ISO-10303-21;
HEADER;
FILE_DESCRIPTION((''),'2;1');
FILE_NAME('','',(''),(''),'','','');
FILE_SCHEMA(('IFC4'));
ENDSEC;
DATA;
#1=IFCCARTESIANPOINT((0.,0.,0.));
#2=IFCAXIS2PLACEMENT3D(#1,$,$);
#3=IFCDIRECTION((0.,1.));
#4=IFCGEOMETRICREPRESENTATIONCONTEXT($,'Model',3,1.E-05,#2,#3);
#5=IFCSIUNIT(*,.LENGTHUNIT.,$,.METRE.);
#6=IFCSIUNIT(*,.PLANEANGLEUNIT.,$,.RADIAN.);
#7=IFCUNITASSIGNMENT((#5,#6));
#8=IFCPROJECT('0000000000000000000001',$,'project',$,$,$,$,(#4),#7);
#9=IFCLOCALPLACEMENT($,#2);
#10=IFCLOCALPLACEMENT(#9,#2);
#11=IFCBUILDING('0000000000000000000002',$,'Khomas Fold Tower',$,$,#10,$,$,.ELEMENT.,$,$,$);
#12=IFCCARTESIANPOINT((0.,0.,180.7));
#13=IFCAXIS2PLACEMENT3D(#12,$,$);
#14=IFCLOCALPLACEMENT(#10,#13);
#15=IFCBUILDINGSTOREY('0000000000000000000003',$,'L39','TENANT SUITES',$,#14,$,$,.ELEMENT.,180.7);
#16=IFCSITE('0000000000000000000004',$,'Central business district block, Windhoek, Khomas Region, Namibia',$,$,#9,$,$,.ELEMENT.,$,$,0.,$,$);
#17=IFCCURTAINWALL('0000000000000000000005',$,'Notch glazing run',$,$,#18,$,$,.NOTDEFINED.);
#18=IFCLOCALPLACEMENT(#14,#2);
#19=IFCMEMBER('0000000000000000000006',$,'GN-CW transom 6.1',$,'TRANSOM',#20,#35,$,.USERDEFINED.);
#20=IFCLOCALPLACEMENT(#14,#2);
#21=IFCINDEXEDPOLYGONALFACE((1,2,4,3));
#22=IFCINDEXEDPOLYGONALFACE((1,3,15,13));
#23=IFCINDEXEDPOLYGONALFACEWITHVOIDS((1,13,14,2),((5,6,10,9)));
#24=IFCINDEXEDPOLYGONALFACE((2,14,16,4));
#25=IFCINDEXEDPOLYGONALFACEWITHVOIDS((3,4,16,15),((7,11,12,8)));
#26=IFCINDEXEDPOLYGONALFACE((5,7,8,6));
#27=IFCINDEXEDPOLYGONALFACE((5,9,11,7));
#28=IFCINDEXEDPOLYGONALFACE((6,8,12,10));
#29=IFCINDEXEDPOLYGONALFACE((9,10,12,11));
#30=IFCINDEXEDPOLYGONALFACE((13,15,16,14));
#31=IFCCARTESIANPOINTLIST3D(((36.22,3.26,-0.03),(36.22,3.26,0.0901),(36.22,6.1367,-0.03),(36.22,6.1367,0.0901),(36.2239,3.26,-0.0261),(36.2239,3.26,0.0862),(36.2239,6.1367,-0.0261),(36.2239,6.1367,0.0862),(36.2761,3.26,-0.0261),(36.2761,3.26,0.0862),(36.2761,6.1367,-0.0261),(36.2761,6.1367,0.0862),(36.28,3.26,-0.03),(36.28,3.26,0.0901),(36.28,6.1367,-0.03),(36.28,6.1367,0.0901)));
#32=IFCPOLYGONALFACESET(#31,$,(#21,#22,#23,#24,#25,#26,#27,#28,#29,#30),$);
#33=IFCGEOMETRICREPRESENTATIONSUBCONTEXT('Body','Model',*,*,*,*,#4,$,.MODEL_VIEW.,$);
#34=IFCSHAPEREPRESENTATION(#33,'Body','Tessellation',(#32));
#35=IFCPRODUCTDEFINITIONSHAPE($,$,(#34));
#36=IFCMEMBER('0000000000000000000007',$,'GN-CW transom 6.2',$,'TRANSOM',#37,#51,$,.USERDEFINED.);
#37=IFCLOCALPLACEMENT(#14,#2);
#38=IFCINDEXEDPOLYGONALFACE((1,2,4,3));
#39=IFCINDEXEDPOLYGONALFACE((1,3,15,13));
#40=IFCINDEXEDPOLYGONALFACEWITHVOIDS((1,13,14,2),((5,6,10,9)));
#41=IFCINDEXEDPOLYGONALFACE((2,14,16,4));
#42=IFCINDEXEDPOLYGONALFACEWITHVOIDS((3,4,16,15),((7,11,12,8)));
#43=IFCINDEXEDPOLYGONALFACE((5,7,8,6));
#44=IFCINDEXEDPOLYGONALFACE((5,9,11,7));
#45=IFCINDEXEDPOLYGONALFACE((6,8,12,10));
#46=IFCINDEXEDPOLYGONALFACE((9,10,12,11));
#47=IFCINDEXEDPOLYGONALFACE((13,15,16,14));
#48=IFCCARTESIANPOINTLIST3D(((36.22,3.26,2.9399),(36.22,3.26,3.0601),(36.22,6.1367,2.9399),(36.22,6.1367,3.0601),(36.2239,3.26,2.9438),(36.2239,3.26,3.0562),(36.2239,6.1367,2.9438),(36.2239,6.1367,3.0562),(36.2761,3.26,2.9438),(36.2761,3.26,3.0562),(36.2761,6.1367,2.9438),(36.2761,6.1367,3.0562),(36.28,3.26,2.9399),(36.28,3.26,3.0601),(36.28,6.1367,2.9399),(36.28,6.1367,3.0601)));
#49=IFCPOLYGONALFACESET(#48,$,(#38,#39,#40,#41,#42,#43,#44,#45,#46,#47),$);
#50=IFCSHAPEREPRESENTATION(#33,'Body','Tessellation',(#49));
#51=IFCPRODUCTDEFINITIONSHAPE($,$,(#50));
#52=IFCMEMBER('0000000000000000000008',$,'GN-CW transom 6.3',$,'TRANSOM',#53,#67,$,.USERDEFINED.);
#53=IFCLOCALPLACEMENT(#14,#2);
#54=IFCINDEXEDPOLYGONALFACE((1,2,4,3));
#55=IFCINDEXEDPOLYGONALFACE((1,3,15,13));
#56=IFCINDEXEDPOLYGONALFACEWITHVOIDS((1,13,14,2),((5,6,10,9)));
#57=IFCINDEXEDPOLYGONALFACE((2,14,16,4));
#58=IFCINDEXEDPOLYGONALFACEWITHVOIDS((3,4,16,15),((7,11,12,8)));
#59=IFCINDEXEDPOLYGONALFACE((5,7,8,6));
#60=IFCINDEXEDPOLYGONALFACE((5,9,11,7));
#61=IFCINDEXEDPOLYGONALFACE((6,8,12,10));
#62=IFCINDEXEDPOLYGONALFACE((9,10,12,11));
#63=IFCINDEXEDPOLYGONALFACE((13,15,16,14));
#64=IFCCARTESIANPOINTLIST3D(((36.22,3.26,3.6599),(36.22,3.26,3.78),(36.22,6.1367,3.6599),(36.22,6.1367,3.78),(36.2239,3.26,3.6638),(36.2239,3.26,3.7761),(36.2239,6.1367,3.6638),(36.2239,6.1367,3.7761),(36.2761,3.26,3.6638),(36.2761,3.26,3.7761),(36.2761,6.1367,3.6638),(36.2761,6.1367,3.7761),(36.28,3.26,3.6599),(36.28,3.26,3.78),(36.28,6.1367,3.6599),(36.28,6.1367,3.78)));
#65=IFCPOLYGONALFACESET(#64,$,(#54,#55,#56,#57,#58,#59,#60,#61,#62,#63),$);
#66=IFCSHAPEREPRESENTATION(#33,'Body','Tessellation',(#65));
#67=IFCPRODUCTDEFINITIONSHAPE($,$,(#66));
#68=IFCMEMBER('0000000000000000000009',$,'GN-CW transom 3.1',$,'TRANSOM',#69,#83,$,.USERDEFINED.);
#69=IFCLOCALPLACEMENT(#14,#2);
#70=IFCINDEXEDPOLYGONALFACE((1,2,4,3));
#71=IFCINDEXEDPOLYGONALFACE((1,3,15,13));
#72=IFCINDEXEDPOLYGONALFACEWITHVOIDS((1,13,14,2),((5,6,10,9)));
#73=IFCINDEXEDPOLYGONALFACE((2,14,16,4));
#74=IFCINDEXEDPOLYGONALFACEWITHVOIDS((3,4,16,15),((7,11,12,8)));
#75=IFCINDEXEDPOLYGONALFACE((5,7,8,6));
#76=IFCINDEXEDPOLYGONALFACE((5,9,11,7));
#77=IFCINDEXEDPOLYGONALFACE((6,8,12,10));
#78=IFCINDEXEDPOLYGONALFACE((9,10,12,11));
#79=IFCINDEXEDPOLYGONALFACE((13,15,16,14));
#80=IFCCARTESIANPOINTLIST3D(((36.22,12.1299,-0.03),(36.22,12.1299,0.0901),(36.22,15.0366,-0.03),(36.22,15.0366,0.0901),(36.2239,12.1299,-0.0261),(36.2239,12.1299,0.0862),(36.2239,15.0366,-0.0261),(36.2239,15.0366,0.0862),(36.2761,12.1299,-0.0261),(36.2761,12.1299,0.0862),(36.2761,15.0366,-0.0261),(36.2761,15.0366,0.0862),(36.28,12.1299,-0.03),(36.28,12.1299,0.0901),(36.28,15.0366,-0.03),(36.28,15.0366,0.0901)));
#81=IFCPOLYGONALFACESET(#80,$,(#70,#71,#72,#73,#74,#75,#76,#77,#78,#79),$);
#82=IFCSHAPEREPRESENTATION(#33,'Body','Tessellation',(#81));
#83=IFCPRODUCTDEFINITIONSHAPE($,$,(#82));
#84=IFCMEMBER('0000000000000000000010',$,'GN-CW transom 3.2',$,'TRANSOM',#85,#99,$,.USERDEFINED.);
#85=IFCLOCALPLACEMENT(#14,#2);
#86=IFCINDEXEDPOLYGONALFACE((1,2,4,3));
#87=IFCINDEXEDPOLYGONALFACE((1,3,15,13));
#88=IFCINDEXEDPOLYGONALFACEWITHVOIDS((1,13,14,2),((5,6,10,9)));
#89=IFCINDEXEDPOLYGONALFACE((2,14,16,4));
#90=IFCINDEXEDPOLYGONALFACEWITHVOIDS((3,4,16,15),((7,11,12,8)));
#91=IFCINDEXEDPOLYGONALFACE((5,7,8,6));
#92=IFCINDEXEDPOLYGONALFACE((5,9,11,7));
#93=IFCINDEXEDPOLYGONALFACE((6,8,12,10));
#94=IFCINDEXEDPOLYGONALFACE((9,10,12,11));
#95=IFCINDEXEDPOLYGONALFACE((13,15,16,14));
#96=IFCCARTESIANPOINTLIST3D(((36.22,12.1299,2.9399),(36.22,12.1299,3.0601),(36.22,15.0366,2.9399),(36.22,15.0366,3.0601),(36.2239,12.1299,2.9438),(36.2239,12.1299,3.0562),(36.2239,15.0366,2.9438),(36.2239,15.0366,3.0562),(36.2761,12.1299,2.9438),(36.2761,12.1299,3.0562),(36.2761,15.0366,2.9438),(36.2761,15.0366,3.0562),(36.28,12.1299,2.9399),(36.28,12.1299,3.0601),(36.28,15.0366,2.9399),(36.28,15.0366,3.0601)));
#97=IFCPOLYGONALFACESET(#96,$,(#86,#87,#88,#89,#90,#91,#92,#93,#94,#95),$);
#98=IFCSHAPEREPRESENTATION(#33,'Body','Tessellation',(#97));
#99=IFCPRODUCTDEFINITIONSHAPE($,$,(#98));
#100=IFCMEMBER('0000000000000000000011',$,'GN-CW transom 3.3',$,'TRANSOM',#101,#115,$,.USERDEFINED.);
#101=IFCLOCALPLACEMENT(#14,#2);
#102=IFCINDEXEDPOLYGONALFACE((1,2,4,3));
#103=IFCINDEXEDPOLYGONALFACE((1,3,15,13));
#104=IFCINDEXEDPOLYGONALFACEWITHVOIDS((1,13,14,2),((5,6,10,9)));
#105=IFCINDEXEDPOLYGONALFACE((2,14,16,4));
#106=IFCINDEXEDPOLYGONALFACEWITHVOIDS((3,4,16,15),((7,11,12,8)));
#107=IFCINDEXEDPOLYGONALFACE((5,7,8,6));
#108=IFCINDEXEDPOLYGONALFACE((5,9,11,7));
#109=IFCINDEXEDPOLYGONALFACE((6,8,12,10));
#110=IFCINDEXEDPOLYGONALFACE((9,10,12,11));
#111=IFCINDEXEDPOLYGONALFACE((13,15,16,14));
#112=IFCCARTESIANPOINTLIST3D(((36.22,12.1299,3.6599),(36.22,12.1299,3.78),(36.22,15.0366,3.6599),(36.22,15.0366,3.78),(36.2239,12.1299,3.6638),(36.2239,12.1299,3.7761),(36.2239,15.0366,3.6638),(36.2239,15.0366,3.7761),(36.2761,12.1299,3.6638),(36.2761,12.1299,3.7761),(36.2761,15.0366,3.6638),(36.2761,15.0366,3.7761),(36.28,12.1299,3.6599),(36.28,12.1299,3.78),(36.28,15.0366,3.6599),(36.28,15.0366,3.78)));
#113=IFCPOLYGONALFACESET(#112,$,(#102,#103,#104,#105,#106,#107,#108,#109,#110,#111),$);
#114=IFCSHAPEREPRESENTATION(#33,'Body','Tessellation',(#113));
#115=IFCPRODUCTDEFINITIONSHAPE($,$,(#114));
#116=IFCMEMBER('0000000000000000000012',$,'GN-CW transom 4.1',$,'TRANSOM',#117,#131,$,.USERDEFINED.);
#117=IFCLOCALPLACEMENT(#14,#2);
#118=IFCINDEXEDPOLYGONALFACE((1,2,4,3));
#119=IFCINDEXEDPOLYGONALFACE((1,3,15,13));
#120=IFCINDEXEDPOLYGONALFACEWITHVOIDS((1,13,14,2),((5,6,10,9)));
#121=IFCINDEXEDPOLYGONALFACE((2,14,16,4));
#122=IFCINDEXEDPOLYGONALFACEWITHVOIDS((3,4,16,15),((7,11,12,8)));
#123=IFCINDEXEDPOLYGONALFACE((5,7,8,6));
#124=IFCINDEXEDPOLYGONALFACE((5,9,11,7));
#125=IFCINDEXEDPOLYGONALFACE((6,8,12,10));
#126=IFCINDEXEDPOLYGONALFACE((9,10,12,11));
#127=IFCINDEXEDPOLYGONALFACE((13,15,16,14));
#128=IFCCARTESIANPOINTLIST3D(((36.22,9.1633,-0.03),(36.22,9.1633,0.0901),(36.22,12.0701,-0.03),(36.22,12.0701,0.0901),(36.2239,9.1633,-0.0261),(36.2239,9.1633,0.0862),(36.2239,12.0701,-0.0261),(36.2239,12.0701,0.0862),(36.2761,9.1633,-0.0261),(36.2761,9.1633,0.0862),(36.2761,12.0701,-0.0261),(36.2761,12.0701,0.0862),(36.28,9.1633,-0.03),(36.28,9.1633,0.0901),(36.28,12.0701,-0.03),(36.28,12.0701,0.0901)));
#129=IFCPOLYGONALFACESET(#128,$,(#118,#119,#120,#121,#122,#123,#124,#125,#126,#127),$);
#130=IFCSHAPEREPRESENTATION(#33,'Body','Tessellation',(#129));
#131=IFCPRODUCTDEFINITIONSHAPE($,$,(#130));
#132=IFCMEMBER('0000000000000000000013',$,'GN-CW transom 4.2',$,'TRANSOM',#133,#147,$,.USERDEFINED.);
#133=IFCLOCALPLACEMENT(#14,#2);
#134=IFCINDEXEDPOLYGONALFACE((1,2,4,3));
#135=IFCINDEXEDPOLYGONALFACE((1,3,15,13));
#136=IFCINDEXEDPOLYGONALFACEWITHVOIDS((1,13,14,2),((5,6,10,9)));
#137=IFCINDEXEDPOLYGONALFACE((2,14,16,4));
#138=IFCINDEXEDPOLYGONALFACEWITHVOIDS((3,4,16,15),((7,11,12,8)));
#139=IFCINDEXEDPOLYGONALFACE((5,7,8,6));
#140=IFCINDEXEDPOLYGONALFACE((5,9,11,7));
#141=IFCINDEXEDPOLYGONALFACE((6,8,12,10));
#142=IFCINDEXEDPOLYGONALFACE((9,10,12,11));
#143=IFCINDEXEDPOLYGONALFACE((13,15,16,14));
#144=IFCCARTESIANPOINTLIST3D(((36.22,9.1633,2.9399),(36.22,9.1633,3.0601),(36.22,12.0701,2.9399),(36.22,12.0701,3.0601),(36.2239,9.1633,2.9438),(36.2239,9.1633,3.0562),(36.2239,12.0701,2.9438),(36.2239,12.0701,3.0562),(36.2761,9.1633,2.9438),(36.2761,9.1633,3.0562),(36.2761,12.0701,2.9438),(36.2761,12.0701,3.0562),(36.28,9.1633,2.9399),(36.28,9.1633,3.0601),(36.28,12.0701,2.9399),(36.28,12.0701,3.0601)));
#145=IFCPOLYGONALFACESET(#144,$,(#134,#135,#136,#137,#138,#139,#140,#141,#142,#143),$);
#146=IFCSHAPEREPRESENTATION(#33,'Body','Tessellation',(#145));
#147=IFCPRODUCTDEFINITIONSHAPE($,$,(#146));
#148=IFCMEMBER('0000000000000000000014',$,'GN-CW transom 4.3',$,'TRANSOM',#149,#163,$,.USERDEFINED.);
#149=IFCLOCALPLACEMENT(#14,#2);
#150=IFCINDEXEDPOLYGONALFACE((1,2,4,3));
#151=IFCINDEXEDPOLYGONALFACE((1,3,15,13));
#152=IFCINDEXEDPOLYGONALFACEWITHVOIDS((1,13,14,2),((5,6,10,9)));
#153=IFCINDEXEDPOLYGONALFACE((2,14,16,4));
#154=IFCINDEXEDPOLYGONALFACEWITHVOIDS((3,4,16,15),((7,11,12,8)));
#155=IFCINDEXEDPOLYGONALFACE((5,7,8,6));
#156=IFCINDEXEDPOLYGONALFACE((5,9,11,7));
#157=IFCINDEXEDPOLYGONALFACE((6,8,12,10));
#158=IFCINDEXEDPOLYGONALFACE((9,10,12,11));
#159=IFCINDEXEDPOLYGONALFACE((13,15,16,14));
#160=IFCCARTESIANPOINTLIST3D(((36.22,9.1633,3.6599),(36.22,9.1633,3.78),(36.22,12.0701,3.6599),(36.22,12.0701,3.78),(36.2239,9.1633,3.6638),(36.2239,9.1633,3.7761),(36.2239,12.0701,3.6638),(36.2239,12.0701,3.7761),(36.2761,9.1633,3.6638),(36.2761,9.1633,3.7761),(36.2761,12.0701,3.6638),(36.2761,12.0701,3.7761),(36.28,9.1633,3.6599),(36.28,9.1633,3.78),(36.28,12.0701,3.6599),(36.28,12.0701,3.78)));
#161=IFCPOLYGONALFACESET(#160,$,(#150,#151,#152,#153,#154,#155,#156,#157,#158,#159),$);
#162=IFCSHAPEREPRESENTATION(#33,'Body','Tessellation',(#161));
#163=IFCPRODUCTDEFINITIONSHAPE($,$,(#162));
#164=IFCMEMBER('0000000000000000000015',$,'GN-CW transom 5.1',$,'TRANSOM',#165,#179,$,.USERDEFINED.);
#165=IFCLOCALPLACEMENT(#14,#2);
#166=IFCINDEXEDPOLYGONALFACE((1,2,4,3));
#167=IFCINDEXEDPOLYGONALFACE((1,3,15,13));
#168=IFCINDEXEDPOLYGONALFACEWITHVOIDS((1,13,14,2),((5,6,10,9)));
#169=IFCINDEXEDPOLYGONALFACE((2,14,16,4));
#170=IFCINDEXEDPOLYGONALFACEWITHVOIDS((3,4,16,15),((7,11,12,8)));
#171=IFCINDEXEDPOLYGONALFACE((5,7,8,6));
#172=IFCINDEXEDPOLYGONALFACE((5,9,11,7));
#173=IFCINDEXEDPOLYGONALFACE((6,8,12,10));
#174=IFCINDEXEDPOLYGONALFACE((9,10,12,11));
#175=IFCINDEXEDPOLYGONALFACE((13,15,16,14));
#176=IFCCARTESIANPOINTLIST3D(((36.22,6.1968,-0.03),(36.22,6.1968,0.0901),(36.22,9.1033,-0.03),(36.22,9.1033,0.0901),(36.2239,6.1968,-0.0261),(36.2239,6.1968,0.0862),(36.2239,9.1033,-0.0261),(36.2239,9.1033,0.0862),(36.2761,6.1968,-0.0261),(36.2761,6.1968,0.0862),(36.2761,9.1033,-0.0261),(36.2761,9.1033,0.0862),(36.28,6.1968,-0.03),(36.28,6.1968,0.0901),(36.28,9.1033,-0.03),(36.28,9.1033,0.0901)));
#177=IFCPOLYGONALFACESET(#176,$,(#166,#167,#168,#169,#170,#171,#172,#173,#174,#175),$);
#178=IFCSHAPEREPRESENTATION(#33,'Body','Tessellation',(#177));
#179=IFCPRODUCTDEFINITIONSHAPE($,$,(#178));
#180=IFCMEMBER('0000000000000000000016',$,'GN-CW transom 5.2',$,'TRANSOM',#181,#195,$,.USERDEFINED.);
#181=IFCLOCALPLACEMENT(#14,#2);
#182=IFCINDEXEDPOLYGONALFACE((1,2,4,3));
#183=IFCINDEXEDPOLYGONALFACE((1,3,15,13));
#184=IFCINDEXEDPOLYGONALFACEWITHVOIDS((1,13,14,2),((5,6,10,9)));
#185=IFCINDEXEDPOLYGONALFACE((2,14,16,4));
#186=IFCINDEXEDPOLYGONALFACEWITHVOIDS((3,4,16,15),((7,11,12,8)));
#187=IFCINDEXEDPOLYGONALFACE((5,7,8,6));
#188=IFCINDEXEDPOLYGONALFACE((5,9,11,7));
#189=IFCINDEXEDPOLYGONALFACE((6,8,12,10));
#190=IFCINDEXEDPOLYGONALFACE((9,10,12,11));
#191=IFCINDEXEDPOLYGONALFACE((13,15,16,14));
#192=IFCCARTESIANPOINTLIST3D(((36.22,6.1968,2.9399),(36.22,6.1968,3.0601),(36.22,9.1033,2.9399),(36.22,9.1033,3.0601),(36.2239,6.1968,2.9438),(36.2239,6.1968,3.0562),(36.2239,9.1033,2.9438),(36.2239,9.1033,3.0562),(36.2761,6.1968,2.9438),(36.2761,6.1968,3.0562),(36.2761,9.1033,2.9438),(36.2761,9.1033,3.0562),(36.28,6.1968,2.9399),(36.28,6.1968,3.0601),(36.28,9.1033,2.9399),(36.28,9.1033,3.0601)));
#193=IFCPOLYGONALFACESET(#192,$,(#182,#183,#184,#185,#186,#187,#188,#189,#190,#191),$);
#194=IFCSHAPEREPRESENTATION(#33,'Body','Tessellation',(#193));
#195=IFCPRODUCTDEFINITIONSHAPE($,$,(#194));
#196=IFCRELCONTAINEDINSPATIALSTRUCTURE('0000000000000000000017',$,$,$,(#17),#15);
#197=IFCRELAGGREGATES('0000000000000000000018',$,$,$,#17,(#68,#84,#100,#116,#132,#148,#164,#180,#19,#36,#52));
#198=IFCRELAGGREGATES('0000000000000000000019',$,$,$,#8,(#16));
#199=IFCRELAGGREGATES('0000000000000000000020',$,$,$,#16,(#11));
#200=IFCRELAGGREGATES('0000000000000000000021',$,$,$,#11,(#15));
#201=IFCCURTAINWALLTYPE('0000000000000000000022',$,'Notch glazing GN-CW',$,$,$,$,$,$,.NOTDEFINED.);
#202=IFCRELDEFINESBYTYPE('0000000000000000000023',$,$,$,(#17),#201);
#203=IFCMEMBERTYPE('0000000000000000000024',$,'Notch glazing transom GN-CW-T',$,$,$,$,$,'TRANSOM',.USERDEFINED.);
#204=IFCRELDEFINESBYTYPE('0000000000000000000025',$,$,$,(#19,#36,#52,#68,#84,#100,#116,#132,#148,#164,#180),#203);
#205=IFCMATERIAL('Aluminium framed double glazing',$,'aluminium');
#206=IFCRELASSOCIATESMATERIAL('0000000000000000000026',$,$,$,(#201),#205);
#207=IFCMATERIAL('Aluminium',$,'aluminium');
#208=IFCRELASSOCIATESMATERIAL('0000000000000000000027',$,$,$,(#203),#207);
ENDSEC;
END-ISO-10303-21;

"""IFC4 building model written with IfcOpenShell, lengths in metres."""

from ifc_helpers import new_model, si_unit, direction, frame, origin, origin_2d, place, context, subcontext, project, spatial, hollow_rectangle, extrude, source, transform, mapped, material, material_profile, profile_set, type_object, element, aggregate, save


model = new_model("IFC4")

# Units and contexts
model_context = context("Model", 3, precision=1e-05, world=origin(), true_north=direction((0.0, 1.0)))
body_context = subcontext(model_context, "Body", "Model", "MODEL_VIEW")
ifc_project = project(units=[si_unit("LENGTHUNIT", "METRE"), si_unit("PLANEANGLEUNIT", "RADIAN")], contexts=[model_context])

# Site, building, storey
site_placement = place(None, origin())
site = spatial("IfcSite", under=ifc_project, at=site_placement, Name="Central business district block, Windhoek, Khomas Region, Namibia", CompositionType="ELEMENT", RefElevation=0.0)
building_placement = place(site_placement, origin())
building = spatial("IfcBuilding", under=site, at=building_placement, Name="Khomas Fold Tower", CompositionType="ELEMENT")
storey_placement = place(building_placement, frame((0.0, 0.0, 180.7)))
storey = spatial("IfcBuildingStorey", under=building, at=storey_placement, Name="L39", Description="TENANT SUITES", CompositionType="ELEMENT", Elevation=180.7)

# Curtain wall, members
ifc_material_1 = material(Name="Aluminium framed double glazing", Category="aluminium")
curtain_wall_type_1 = type_object("IfcCurtainWallType", Name="Notch glazing GN-CW", PredefinedType="NOTDEFINED", material=ifc_material_1)
curtain_wall_1_placement = place(storey_placement, origin())
curtain_wall_1 = element("IfcCurtainWall", 1, at=curtain_wall_1_placement, inside=storey, type_object=curtain_wall_type_1, Name="Notch glazing run", PredefinedType="NOTDEFINED")
ifc_material_2 = material(Name="Aluminium", Category="aluminium")
ifc_material_profile_1 = material_profile(ifc_material_2, hollow_rectangle(XDim=0.0601, YDim=0.1201, WallThickness=0.0039, at=origin_2d()), Name="Notch glazing transom GN-CW-T")
ifc_profile_set_1 = profile_set([ifc_material_profile_1], Name="Aluminium")
member_type_1 = type_object("IfcMemberType", Name="Notch glazing transom GN-CW-T", ElementType="TRANSOM", PredefinedType="USERDEFINED", material=ifc_profile_set_1)
shared_shape_1 = source(origin(), body_context, "Body", "SweptSolid", [
    extrude(hollow_rectangle(XDim=0.0601, YDim=0.1201, WallThickness=0.0039, at=origin_2d()), origin(), (0.0, 0.0, 1.0), 2.8767),
])
member_1_placement = place(storey_placement, frame((36.25, 6.1367, 0.03), z_axis=(0.0, -1.0, 0.0), x_axis=(1.0, 0.0, 0.0)))
member_1 = element("IfcMember", 2, at=member_1_placement, type_object=member_type_1, Name="GN-CW transom 6.1", ObjectType="TRANSOM", PredefinedType="USERDEFINED", context=body_context, shape_type="MappedRepresentation", body=[
    mapped(shared_shape_1, transform((0.0, 0.0, 0.0))),
])
member_2_placement = place(storey_placement, frame((36.25, 6.1367, 3.0), z_axis=(0.0, -1.0, 0.0), x_axis=(1.0, 0.0, 0.0)))
member_2 = element("IfcMember", 3, at=member_2_placement, type_object=member_type_1, Name="GN-CW transom 6.2", ObjectType="TRANSOM", PredefinedType="USERDEFINED", context=body_context, shape_type="MappedRepresentation", body=[
    mapped(shared_shape_1, transform((0.0, 0.0, 0.0))),
])
member_3_placement = place(storey_placement, frame((36.25, 6.1367, 3.72), z_axis=(0.0, -1.0, 0.0), x_axis=(1.0, 0.0, 0.0)))
member_3 = element("IfcMember", 4, at=member_3_placement, type_object=member_type_1, Name="GN-CW transom 6.3", ObjectType="TRANSOM", PredefinedType="USERDEFINED", context=body_context, shape_type="MappedRepresentation", body=[
    mapped(shared_shape_1, transform((0.0, 0.0, 0.0))),
])
shared_shape_2 = source(origin(), body_context, "Body", "SweptSolid", [
    extrude(hollow_rectangle(XDim=0.0601, YDim=0.1201, WallThickness=0.0039, at=origin_2d()), origin(), (0.0, 0.0, 1.0), 2.9067),
])
member_4_placement = place(storey_placement, frame((36.25, 15.0366, 0.03), z_axis=(0.0, -1.0, 0.0), x_axis=(1.0, 0.0, 0.0)))
member_4 = element("IfcMember", 5, at=member_4_placement, type_object=member_type_1, Name="GN-CW transom 3.1", ObjectType="TRANSOM", PredefinedType="USERDEFINED", context=body_context, shape_type="MappedRepresentation", body=[
    mapped(shared_shape_2, transform((0.0, 0.0, 0.0))),
])
member_5_placement = place(storey_placement, frame((36.25, 15.0366, 3.0), z_axis=(0.0, -1.0, 0.0), x_axis=(1.0, 0.0, 0.0)))
member_5 = element("IfcMember", 6, at=member_5_placement, type_object=member_type_1, Name="GN-CW transom 3.2", ObjectType="TRANSOM", PredefinedType="USERDEFINED", context=body_context, shape_type="MappedRepresentation", body=[
    mapped(shared_shape_2, transform((0.0, 0.0, 0.0))),
])
member_6_placement = place(storey_placement, frame((36.25, 15.0366, 3.72), z_axis=(0.0, -1.0, 0.0), x_axis=(1.0, 0.0, 0.0)))
member_6 = element("IfcMember", 7, at=member_6_placement, type_object=member_type_1, Name="GN-CW transom 3.3", ObjectType="TRANSOM", PredefinedType="USERDEFINED", context=body_context, shape_type="MappedRepresentation", body=[
    mapped(shared_shape_2, transform((0.0, 0.0, 0.0))),
])
member_7_placement = place(storey_placement, frame((36.25, 12.0701, 0.03), z_axis=(0.0, -1.0, 0.0), x_axis=(1.0, 0.0, 0.0)))
member_7 = element("IfcMember", 8, at=member_7_placement, type_object=member_type_1, Name="GN-CW transom 4.1", ObjectType="TRANSOM", PredefinedType="USERDEFINED", context=body_context, shape_type="MappedRepresentation", body=[
    mapped(shared_shape_2, transform((0.0, 0.0, 0.0))),
])
member_8_placement = place(storey_placement, frame((36.25, 12.0701, 3.0), z_axis=(0.0, -1.0, 0.0), x_axis=(1.0, 0.0, 0.0)))
member_8 = element("IfcMember", 9, at=member_8_placement, type_object=member_type_1, Name="GN-CW transom 4.2", ObjectType="TRANSOM", PredefinedType="USERDEFINED", context=body_context, shape_type="MappedRepresentation", body=[
    mapped(shared_shape_2, transform((0.0, 0.0, 0.0))),
])
member_9_placement = place(storey_placement, frame((36.25, 12.0701, 3.72), z_axis=(0.0, -1.0, 0.0), x_axis=(1.0, 0.0, 0.0)))
member_9 = element("IfcMember", 10, at=member_9_placement, type_object=member_type_1, Name="GN-CW transom 4.3", ObjectType="TRANSOM", PredefinedType="USERDEFINED", context=body_context, shape_type="MappedRepresentation", body=[
    mapped(shared_shape_2, transform((0.0, 0.0, 0.0))),
])
shared_shape_3 = source(origin(), body_context, "Body", "SweptSolid", [
    extrude(hollow_rectangle(XDim=0.0601, YDim=0.1201, WallThickness=0.0039, at=origin_2d()), origin(), (0.0, 0.0, 1.0), 2.9065),
])
member_10_placement = place(storey_placement, frame((36.25, 9.1033, 0.03), z_axis=(0.0, -1.0, 0.0), x_axis=(1.0, 0.0, 0.0)))
member_10 = element("IfcMember", 11, at=member_10_placement, type_object=member_type_1, Name="GN-CW transom 5.1", ObjectType="TRANSOM", PredefinedType="USERDEFINED", context=body_context, shape_type="MappedRepresentation", body=[
    mapped(shared_shape_3, transform((0.0, 0.0, 0.0))),
])
member_11_placement = place(storey_placement, frame((36.25, 9.1033, 3.0), z_axis=(0.0, -1.0, 0.0), x_axis=(1.0, 0.0, 0.0)))
member_11 = element("IfcMember", 12, at=member_11_placement, type_object=member_type_1, Name="GN-CW transom 5.2", ObjectType="TRANSOM", PredefinedType="USERDEFINED", context=body_context, shape_type="MappedRepresentation", body=[
    mapped(shared_shape_3, transform((0.0, 0.0, 0.0))),
])

aggregate(curtain_wall_1, [member_4, member_5, member_6, member_7, member_8, member_9, member_10, member_11, member_1, member_2, member_3])

save(model, "model.ifc")
